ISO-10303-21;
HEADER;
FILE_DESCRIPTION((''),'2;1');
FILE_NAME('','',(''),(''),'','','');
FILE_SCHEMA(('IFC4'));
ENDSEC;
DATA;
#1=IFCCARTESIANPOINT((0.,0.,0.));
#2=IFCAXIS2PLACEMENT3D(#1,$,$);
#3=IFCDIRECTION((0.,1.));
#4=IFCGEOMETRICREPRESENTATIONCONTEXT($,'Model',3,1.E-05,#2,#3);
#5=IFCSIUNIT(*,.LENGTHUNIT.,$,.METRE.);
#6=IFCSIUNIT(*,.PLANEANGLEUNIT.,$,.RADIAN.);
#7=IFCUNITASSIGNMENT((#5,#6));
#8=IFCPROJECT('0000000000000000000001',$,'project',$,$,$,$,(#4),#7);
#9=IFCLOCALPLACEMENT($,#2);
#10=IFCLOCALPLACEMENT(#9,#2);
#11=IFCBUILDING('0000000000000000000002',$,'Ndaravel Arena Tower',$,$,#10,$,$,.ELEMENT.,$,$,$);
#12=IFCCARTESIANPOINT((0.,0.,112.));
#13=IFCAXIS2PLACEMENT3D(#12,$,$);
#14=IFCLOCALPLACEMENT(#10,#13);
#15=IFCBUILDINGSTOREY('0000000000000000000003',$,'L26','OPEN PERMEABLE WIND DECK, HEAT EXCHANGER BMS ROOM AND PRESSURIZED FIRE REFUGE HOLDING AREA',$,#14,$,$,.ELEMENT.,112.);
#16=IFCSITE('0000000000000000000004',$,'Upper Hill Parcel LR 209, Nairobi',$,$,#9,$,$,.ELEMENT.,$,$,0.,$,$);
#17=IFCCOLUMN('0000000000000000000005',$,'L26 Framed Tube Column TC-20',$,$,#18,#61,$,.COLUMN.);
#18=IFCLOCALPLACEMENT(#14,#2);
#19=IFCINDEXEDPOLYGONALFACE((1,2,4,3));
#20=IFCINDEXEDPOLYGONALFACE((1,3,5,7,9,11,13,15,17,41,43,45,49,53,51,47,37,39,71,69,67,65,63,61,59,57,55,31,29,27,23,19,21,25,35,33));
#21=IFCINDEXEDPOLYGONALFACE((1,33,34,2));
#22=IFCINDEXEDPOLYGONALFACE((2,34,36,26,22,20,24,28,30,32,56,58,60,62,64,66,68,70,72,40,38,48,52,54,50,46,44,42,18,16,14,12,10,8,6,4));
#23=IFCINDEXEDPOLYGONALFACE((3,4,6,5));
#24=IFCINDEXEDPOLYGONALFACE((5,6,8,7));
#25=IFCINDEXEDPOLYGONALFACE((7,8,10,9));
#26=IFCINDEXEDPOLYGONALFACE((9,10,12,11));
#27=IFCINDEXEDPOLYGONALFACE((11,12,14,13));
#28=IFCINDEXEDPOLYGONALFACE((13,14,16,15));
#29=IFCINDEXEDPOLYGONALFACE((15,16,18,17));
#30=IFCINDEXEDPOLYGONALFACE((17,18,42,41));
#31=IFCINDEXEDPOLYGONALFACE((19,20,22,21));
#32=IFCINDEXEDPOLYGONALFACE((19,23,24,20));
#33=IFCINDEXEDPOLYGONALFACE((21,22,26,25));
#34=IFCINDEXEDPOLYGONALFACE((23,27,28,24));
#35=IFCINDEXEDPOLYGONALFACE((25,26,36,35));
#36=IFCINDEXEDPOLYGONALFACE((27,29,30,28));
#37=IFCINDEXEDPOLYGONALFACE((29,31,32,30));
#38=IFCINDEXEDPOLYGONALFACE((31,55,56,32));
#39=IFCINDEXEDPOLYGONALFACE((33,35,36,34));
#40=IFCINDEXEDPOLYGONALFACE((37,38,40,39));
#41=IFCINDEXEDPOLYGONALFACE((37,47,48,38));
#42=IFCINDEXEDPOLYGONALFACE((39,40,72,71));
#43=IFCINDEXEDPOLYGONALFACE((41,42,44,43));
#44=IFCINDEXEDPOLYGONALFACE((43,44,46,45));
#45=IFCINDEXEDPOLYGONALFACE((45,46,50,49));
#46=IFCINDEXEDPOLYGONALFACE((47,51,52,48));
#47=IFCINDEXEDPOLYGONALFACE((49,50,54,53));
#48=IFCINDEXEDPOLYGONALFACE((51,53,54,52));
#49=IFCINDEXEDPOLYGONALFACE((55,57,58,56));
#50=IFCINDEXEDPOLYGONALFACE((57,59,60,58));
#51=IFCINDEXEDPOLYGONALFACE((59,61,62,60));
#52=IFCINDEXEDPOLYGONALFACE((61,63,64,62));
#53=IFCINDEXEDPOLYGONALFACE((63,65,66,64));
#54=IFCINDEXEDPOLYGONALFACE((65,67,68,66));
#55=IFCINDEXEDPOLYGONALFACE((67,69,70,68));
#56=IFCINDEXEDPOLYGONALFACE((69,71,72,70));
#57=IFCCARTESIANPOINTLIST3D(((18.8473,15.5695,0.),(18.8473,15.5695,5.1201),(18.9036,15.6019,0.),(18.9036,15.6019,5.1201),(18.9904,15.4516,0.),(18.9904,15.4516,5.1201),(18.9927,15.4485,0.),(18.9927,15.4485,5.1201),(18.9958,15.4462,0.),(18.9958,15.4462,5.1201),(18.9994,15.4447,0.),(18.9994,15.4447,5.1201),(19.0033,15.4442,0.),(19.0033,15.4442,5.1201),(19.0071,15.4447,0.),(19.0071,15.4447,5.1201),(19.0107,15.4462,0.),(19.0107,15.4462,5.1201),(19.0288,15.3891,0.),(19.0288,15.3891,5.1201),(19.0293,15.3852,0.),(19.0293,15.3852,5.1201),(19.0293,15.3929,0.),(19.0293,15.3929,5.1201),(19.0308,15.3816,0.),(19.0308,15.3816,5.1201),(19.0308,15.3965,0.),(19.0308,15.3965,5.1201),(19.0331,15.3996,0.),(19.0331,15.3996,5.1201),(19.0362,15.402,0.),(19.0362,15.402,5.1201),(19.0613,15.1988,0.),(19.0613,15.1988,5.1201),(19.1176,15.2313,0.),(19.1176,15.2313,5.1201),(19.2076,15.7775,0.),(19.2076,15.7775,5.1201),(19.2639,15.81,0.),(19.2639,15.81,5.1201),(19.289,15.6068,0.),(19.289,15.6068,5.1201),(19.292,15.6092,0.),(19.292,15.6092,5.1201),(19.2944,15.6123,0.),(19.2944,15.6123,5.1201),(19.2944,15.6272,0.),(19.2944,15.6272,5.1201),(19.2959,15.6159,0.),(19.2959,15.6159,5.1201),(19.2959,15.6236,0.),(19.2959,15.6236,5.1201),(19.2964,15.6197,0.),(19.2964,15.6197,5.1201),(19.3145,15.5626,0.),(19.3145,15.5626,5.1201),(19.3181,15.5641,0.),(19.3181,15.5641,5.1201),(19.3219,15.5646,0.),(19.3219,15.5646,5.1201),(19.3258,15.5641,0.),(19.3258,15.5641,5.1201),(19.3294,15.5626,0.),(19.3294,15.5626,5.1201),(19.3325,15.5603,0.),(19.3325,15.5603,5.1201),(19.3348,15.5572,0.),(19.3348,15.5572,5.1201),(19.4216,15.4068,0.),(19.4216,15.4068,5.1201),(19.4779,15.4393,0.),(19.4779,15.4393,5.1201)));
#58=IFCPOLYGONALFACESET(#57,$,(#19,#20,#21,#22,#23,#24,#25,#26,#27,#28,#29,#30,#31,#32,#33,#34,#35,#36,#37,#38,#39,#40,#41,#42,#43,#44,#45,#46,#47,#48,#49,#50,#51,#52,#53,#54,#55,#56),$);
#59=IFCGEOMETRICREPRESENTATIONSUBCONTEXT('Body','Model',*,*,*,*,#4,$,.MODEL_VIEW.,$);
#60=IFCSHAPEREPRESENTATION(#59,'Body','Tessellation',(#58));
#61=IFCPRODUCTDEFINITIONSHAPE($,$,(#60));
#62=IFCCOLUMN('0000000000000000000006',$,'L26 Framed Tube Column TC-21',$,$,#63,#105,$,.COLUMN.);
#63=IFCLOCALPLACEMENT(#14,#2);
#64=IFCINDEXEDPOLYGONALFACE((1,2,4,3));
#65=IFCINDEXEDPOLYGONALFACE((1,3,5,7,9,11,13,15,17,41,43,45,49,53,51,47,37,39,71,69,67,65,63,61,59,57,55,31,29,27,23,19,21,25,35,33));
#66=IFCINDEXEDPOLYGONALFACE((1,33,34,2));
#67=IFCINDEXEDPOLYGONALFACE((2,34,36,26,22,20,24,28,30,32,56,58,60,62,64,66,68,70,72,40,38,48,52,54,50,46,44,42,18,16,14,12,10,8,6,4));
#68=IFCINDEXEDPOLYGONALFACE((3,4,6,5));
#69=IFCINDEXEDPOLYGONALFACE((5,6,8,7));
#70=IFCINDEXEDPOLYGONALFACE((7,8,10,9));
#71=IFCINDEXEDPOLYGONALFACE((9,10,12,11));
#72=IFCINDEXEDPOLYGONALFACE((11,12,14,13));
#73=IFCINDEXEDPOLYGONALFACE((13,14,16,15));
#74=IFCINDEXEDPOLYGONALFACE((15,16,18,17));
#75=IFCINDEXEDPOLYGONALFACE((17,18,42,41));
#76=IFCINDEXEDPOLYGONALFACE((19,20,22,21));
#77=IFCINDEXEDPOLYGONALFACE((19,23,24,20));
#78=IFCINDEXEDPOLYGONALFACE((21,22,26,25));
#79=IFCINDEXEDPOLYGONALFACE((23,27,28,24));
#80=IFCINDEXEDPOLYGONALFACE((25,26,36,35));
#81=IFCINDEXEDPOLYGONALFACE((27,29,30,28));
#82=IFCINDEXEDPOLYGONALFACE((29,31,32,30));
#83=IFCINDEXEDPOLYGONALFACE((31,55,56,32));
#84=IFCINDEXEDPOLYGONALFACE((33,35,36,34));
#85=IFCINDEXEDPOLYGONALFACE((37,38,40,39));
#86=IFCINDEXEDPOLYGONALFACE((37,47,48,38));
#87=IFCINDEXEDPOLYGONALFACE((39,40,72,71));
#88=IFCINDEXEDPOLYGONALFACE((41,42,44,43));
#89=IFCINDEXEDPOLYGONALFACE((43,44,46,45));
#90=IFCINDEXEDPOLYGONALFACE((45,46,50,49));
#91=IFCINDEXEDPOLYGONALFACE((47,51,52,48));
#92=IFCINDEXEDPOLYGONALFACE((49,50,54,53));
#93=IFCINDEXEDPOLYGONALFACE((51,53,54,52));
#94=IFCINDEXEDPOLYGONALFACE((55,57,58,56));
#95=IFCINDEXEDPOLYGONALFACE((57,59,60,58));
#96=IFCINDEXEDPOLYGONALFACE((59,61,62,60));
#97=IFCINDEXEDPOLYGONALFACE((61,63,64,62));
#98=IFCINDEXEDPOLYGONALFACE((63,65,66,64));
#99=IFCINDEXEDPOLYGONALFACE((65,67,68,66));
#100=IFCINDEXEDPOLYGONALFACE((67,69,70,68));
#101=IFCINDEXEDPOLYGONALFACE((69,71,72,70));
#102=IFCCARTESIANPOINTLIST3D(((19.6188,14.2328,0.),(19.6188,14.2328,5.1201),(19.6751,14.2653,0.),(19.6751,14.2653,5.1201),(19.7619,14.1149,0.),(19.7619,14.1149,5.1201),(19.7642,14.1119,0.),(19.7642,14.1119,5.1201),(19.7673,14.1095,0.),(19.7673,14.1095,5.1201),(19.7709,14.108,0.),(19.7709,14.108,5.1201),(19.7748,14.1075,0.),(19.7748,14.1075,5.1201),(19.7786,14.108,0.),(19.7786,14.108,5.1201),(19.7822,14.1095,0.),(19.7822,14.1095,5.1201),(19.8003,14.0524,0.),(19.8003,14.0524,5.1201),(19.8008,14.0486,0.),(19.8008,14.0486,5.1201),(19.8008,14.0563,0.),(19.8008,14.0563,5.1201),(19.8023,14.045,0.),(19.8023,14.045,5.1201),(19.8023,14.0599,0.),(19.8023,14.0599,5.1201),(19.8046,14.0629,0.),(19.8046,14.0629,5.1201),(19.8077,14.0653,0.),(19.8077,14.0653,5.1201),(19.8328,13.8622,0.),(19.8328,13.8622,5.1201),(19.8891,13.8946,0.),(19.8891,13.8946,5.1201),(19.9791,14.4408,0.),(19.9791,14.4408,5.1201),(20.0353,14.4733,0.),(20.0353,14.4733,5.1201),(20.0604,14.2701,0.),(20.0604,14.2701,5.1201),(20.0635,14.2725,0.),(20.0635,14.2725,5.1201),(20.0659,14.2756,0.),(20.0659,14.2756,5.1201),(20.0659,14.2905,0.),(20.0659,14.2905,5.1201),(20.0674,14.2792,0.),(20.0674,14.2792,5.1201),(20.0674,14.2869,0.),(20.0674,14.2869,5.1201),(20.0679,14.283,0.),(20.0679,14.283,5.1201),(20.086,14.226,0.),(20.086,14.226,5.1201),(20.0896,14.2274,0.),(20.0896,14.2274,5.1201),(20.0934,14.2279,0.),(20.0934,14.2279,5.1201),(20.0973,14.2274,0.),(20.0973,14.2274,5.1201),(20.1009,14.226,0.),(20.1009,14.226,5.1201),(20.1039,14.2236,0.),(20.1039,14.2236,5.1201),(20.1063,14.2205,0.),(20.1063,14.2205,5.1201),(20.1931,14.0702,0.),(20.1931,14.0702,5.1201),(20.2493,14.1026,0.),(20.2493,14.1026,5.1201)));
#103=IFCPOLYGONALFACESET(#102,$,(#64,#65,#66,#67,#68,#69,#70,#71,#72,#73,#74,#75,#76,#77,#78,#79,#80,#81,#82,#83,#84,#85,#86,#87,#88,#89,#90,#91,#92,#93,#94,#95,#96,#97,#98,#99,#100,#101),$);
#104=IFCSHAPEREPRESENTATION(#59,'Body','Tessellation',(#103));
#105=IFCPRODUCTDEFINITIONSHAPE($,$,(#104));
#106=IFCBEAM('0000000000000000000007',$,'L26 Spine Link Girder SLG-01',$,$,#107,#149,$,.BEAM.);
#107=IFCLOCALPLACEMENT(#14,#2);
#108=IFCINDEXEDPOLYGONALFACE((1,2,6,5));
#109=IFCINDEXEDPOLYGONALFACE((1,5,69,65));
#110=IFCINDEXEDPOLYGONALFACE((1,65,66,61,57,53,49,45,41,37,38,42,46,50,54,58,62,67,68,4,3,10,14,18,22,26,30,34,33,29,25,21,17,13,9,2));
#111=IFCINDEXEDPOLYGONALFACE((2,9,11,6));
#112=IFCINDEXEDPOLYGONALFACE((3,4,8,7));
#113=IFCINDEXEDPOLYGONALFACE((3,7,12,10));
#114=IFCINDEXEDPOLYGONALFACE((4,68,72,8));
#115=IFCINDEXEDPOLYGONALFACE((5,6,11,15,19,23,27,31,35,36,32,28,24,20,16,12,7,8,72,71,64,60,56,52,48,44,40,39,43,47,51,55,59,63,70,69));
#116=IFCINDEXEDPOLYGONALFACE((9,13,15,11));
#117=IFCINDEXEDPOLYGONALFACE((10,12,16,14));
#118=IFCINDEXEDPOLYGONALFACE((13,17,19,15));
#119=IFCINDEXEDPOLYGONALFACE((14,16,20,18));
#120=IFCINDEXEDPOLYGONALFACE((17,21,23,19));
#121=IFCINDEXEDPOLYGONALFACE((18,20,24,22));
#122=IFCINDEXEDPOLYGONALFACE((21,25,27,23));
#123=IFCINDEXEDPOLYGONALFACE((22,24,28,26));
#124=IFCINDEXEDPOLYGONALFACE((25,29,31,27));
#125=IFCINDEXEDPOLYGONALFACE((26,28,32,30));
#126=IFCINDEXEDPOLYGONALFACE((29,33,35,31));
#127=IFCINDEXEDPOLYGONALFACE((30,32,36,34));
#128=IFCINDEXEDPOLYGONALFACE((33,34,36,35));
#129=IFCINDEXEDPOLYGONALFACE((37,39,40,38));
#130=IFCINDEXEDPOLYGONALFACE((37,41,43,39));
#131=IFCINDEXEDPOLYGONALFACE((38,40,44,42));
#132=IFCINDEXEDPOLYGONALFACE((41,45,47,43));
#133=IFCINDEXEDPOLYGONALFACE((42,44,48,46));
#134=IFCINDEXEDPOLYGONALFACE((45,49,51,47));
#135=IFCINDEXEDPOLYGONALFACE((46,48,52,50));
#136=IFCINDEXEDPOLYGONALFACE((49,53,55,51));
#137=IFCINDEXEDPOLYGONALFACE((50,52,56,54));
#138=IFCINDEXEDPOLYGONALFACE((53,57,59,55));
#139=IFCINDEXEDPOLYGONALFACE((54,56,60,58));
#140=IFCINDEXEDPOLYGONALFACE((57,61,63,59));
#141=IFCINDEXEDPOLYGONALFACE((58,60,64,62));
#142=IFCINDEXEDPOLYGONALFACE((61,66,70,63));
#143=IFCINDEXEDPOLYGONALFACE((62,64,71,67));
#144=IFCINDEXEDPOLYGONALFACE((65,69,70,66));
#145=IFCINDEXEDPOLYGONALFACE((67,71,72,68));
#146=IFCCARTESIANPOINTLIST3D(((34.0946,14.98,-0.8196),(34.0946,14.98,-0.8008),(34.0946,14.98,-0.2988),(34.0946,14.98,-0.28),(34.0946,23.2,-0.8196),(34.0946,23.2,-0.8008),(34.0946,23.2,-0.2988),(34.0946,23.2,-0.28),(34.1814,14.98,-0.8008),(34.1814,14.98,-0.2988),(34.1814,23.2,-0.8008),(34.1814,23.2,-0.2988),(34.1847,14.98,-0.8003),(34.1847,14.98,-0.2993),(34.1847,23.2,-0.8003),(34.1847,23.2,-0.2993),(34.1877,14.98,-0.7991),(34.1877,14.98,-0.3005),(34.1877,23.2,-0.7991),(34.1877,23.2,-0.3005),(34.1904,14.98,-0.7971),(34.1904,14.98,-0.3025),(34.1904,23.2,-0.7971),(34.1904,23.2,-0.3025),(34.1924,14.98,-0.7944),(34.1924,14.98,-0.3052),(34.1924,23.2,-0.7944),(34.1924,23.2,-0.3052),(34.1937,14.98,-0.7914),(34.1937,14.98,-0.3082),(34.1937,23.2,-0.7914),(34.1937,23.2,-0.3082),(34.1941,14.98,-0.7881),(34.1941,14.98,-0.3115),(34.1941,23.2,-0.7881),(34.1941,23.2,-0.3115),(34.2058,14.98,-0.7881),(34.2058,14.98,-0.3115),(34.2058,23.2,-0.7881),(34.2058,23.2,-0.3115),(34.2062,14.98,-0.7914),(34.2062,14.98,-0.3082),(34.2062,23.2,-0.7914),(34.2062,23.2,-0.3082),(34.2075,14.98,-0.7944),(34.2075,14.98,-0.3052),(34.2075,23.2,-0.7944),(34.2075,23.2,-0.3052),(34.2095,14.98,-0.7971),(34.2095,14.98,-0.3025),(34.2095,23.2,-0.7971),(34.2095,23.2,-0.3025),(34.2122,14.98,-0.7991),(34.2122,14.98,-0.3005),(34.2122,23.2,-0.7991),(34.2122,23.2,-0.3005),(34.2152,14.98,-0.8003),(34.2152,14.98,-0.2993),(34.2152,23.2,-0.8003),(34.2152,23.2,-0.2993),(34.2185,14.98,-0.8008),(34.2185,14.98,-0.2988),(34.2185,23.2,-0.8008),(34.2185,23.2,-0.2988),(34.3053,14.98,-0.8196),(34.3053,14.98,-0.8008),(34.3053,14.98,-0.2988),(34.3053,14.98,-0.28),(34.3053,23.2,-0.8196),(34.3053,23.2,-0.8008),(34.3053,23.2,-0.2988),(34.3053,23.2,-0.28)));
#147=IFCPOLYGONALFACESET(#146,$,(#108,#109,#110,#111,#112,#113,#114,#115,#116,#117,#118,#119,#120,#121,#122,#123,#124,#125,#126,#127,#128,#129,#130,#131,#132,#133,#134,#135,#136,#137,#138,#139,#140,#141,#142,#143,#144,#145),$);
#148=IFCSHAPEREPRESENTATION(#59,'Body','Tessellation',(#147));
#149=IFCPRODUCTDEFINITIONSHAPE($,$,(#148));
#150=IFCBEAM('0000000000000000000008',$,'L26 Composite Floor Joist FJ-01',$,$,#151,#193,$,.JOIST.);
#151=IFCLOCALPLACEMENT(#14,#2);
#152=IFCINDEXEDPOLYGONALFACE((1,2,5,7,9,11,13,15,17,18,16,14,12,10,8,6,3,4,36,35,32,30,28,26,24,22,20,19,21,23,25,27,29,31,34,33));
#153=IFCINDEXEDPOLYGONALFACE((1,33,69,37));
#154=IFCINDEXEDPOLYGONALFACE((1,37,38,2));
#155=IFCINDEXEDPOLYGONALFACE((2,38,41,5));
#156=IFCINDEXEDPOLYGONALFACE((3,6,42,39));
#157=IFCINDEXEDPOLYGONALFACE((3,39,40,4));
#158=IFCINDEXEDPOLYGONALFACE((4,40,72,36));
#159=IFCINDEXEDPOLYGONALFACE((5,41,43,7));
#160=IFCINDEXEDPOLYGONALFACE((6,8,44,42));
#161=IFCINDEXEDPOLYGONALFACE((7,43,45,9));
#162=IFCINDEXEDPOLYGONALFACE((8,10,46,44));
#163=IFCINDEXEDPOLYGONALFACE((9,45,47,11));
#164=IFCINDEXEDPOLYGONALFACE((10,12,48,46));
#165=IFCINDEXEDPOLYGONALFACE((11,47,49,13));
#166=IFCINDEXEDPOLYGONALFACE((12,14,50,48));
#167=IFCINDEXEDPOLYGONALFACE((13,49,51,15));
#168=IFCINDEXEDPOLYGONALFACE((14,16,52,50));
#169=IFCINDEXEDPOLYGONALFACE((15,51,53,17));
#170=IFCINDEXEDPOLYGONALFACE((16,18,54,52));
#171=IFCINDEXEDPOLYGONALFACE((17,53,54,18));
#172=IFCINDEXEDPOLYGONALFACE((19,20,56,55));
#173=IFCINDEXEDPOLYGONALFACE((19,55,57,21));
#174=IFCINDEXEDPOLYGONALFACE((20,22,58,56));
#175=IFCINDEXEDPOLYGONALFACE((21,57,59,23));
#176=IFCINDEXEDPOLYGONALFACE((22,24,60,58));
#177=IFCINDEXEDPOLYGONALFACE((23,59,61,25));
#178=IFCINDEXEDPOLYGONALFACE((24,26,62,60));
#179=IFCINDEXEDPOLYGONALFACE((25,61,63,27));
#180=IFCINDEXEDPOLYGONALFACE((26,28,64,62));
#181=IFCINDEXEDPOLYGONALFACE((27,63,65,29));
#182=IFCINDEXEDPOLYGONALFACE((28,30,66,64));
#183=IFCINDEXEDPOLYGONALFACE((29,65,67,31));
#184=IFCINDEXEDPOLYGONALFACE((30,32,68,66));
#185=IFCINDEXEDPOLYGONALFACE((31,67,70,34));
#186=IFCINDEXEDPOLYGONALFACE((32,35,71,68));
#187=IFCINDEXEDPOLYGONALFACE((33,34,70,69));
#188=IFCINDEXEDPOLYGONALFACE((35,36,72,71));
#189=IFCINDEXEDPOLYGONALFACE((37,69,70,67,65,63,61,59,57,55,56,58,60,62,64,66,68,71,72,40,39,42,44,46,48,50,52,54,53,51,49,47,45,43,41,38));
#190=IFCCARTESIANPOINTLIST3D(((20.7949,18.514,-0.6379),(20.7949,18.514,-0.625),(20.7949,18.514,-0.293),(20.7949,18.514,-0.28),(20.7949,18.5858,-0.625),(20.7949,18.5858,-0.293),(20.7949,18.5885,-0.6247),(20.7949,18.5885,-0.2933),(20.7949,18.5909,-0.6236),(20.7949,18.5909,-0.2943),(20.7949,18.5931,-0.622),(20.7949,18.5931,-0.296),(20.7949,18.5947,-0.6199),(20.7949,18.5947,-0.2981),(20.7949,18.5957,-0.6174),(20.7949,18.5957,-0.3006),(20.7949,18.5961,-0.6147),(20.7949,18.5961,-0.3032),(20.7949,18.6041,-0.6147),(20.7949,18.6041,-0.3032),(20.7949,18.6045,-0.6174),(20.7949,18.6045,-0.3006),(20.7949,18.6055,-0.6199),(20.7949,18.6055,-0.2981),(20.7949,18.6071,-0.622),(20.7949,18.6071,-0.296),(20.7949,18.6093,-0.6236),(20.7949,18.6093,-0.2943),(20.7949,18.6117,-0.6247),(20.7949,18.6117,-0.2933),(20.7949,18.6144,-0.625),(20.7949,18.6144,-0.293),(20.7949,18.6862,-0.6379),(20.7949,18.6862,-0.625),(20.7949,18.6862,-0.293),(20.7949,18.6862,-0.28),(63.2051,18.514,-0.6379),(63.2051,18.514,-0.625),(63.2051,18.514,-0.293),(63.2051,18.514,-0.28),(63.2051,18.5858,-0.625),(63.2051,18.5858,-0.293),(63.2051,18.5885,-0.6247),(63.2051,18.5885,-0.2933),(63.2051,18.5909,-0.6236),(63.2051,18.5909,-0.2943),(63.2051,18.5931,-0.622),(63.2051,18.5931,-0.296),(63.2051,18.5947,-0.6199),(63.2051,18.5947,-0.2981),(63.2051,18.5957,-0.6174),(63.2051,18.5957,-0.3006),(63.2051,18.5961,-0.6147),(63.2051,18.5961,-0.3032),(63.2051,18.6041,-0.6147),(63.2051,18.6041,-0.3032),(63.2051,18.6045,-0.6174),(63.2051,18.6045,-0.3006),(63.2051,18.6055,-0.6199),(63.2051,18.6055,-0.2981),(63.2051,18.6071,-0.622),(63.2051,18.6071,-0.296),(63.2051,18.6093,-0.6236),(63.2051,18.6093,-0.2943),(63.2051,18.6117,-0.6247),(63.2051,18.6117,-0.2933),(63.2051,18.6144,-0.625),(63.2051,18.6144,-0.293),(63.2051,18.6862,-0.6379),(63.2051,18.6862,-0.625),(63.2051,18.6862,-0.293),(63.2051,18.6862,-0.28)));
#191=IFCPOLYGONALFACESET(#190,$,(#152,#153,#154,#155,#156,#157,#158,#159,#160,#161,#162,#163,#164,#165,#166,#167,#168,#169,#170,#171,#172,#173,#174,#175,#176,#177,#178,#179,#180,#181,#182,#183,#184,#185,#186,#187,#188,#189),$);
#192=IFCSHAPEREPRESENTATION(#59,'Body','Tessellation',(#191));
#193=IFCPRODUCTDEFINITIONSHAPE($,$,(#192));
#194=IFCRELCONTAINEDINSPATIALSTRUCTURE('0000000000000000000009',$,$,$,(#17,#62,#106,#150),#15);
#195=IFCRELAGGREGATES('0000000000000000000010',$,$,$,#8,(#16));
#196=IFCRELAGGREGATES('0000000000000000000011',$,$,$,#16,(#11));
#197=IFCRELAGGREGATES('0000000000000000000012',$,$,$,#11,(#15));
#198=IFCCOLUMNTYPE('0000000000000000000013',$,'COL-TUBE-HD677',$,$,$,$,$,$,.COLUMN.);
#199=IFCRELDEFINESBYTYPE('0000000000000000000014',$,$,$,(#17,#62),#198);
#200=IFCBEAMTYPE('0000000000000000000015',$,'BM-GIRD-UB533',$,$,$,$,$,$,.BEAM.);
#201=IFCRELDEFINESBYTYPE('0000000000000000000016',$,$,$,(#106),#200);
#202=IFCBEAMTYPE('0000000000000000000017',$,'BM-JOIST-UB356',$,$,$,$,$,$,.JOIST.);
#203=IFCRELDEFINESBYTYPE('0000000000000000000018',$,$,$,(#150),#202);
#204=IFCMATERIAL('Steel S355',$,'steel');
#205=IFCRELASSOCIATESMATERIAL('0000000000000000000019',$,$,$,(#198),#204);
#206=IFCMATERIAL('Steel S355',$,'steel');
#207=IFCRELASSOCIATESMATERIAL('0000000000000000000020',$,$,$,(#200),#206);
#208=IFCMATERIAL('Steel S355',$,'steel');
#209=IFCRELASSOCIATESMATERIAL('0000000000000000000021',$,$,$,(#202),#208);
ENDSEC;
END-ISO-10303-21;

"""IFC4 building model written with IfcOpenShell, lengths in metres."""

from ifc_helpers import new_model, si_unit, direction, frame, origin, origin_2d, place, context, subcontext, project, spatial, i_section, extrude, material, material_profile, profile_set, type_object, element, save


model = new_model("IFC4")

# Units and contexts
model_context = context("Model", 3, precision=1e-05, world=origin(), true_north=direction((0.0, 1.0)))
body_context = subcontext(model_context, "Body", "Model", "MODEL_VIEW")
ifc_project = project(units=[si_unit("LENGTHUNIT", "METRE"), si_unit("PLANEANGLEUNIT", "RADIAN")], contexts=[model_context])

# Site, building, storey
site_placement = place(None, origin())
site = spatial("IfcSite", under=ifc_project, at=site_placement, Name="Upper Hill Parcel LR 209, Nairobi", CompositionType="ELEMENT", RefElevation=0.0)
building_placement = place(site_placement, origin())
building = spatial("IfcBuilding", under=site, at=building_placement, Name="Ndaravel Arena Tower", CompositionType="ELEMENT")
storey_placement = place(building_placement, frame((0.0, 0.0, 112.0)))
storey = spatial("IfcBuildingStorey", under=building, at=storey_placement, Name="L26", Description="OPEN PERMEABLE WIND DECK, HEAT EXCHANGER BMS ROOM AND PRESSURIZED FIRE REFUGE HOLDING AREA", CompositionType="ELEMENT", Elevation=112.0)

# Columns
ifc_material_1 = material(Name="Steel S355", Category="steel")
ifc_material_profile_1 = material_profile(ifc_material_1, i_section(OverallWidth=0.428, OverallDepth=0.481, WebThickness=0.051, FlangeThickness=0.0649, FilletRadius=0.0149, at=origin_2d()), Name="HD 400x677")
ifc_profile_set_1 = profile_set([ifc_material_profile_1], Name="Steel S355")
column_type = type_object("IfcColumnType", Name="COL-TUBE-HD677", PredefinedType="COLUMN", material=ifc_profile_set_1)
for number, where, z_axis, x_axis, name in (
    (1, (19.1626, 15.5044, 0.0), (0.0, 0.0, 1.0), (-0.5, 0.866025, 0.0), "L26 Framed Tube Column TC-20"),
    (2, (19.9341, 14.1677, 0.0), (0.0, 0.0, 1.0), (-0.5, 0.866025, 0.0), "L26 Framed Tube Column TC-21"),
):
    element("IfcColumn", number, at=place(storey_placement, frame(where, z_axis=z_axis, x_axis=x_axis)), inside=storey, type_object=column_type, Name=name, PredefinedType="COLUMN", context=body_context, shape_type="SweptSolid", body=[
        extrude(i_section(OverallWidth=0.428, OverallDepth=0.481, WebThickness=0.051, FlangeThickness=0.0649, FilletRadius=0.0149, at=origin_2d()), origin(), (0.0, 0.0, 1.0), 5.1201),
    ])

# Beams
ifc_material_2 = material(Name="Steel S355", Category="steel")
ifc_material_profile_2 = material_profile(ifc_material_2, i_section(OverallWidth=0.2107, OverallDepth=0.5396, WebThickness=0.0117, FlangeThickness=0.0188, FilletRadius=0.0127, at=origin_2d()), Name="UB 533x210x109")
ifc_profile_set_2 = profile_set([ifc_material_profile_2], Name="Steel S355")
beam_type_1 = type_object("IfcBeamType", Name="BM-GIRD-UB533", PredefinedType="BEAM", material=ifc_profile_set_2)
beam_1_placement = place(storey_placement, frame((34.2, 14.98, -0.5498), z_axis=(0.0, 1.0, 0.0), x_axis=(-1.0, 0.0, 0.0)))
element("IfcBeam", 3, at=beam_1_placement, inside=storey, type_object=beam_type_1, Name="L26 Spine Link Girder SLG-01", PredefinedType="BEAM", context=body_context, shape_type="SweptSolid", body=[
    extrude(i_section(OverallWidth=0.2107, OverallDepth=0.5396, WebThickness=0.0117, FlangeThickness=0.0188, FilletRadius=0.0127, at=origin_2d()), origin(), (0.0, 0.0, 1.0), 8.22),
])
ifc_material_3 = material(Name="Steel S355", Category="steel")
ifc_material_profile_3 = material_profile(ifc_material_3, i_section(OverallWidth=0.1721, OverallDepth=0.3579, WebThickness=0.0081, FlangeThickness=0.0129, FilletRadius=0.0103, at=origin_2d()), Name="UB 356x171x57")
ifc_profile_set_3 = profile_set([ifc_material_profile_3], Name="Steel S355")
beam_type_2 = type_object("IfcBeamType", Name="BM-JOIST-UB356", PredefinedType="JOIST", material=ifc_profile_set_3)
beam_2_placement = place(storey_placement, frame((20.7949, 18.6001, -0.459), z_axis=(1.0, 0.0, 0.0), x_axis=(0.0, 1.0, 0.0)))
element("IfcBeam", 4, at=beam_2_placement, inside=storey, type_object=beam_type_2, Name="L26 Composite Floor Joist FJ-01", PredefinedType="JOIST", context=body_context, shape_type="SweptSolid", body=[
    extrude(i_section(OverallWidth=0.1721, OverallDepth=0.3579, WebThickness=0.0081, FlangeThickness=0.0129, FilletRadius=0.0103, at=origin_2d()), origin(), (0.0, 0.0, 1.0), 42.4102),
])

save(model, "model.ifc")
